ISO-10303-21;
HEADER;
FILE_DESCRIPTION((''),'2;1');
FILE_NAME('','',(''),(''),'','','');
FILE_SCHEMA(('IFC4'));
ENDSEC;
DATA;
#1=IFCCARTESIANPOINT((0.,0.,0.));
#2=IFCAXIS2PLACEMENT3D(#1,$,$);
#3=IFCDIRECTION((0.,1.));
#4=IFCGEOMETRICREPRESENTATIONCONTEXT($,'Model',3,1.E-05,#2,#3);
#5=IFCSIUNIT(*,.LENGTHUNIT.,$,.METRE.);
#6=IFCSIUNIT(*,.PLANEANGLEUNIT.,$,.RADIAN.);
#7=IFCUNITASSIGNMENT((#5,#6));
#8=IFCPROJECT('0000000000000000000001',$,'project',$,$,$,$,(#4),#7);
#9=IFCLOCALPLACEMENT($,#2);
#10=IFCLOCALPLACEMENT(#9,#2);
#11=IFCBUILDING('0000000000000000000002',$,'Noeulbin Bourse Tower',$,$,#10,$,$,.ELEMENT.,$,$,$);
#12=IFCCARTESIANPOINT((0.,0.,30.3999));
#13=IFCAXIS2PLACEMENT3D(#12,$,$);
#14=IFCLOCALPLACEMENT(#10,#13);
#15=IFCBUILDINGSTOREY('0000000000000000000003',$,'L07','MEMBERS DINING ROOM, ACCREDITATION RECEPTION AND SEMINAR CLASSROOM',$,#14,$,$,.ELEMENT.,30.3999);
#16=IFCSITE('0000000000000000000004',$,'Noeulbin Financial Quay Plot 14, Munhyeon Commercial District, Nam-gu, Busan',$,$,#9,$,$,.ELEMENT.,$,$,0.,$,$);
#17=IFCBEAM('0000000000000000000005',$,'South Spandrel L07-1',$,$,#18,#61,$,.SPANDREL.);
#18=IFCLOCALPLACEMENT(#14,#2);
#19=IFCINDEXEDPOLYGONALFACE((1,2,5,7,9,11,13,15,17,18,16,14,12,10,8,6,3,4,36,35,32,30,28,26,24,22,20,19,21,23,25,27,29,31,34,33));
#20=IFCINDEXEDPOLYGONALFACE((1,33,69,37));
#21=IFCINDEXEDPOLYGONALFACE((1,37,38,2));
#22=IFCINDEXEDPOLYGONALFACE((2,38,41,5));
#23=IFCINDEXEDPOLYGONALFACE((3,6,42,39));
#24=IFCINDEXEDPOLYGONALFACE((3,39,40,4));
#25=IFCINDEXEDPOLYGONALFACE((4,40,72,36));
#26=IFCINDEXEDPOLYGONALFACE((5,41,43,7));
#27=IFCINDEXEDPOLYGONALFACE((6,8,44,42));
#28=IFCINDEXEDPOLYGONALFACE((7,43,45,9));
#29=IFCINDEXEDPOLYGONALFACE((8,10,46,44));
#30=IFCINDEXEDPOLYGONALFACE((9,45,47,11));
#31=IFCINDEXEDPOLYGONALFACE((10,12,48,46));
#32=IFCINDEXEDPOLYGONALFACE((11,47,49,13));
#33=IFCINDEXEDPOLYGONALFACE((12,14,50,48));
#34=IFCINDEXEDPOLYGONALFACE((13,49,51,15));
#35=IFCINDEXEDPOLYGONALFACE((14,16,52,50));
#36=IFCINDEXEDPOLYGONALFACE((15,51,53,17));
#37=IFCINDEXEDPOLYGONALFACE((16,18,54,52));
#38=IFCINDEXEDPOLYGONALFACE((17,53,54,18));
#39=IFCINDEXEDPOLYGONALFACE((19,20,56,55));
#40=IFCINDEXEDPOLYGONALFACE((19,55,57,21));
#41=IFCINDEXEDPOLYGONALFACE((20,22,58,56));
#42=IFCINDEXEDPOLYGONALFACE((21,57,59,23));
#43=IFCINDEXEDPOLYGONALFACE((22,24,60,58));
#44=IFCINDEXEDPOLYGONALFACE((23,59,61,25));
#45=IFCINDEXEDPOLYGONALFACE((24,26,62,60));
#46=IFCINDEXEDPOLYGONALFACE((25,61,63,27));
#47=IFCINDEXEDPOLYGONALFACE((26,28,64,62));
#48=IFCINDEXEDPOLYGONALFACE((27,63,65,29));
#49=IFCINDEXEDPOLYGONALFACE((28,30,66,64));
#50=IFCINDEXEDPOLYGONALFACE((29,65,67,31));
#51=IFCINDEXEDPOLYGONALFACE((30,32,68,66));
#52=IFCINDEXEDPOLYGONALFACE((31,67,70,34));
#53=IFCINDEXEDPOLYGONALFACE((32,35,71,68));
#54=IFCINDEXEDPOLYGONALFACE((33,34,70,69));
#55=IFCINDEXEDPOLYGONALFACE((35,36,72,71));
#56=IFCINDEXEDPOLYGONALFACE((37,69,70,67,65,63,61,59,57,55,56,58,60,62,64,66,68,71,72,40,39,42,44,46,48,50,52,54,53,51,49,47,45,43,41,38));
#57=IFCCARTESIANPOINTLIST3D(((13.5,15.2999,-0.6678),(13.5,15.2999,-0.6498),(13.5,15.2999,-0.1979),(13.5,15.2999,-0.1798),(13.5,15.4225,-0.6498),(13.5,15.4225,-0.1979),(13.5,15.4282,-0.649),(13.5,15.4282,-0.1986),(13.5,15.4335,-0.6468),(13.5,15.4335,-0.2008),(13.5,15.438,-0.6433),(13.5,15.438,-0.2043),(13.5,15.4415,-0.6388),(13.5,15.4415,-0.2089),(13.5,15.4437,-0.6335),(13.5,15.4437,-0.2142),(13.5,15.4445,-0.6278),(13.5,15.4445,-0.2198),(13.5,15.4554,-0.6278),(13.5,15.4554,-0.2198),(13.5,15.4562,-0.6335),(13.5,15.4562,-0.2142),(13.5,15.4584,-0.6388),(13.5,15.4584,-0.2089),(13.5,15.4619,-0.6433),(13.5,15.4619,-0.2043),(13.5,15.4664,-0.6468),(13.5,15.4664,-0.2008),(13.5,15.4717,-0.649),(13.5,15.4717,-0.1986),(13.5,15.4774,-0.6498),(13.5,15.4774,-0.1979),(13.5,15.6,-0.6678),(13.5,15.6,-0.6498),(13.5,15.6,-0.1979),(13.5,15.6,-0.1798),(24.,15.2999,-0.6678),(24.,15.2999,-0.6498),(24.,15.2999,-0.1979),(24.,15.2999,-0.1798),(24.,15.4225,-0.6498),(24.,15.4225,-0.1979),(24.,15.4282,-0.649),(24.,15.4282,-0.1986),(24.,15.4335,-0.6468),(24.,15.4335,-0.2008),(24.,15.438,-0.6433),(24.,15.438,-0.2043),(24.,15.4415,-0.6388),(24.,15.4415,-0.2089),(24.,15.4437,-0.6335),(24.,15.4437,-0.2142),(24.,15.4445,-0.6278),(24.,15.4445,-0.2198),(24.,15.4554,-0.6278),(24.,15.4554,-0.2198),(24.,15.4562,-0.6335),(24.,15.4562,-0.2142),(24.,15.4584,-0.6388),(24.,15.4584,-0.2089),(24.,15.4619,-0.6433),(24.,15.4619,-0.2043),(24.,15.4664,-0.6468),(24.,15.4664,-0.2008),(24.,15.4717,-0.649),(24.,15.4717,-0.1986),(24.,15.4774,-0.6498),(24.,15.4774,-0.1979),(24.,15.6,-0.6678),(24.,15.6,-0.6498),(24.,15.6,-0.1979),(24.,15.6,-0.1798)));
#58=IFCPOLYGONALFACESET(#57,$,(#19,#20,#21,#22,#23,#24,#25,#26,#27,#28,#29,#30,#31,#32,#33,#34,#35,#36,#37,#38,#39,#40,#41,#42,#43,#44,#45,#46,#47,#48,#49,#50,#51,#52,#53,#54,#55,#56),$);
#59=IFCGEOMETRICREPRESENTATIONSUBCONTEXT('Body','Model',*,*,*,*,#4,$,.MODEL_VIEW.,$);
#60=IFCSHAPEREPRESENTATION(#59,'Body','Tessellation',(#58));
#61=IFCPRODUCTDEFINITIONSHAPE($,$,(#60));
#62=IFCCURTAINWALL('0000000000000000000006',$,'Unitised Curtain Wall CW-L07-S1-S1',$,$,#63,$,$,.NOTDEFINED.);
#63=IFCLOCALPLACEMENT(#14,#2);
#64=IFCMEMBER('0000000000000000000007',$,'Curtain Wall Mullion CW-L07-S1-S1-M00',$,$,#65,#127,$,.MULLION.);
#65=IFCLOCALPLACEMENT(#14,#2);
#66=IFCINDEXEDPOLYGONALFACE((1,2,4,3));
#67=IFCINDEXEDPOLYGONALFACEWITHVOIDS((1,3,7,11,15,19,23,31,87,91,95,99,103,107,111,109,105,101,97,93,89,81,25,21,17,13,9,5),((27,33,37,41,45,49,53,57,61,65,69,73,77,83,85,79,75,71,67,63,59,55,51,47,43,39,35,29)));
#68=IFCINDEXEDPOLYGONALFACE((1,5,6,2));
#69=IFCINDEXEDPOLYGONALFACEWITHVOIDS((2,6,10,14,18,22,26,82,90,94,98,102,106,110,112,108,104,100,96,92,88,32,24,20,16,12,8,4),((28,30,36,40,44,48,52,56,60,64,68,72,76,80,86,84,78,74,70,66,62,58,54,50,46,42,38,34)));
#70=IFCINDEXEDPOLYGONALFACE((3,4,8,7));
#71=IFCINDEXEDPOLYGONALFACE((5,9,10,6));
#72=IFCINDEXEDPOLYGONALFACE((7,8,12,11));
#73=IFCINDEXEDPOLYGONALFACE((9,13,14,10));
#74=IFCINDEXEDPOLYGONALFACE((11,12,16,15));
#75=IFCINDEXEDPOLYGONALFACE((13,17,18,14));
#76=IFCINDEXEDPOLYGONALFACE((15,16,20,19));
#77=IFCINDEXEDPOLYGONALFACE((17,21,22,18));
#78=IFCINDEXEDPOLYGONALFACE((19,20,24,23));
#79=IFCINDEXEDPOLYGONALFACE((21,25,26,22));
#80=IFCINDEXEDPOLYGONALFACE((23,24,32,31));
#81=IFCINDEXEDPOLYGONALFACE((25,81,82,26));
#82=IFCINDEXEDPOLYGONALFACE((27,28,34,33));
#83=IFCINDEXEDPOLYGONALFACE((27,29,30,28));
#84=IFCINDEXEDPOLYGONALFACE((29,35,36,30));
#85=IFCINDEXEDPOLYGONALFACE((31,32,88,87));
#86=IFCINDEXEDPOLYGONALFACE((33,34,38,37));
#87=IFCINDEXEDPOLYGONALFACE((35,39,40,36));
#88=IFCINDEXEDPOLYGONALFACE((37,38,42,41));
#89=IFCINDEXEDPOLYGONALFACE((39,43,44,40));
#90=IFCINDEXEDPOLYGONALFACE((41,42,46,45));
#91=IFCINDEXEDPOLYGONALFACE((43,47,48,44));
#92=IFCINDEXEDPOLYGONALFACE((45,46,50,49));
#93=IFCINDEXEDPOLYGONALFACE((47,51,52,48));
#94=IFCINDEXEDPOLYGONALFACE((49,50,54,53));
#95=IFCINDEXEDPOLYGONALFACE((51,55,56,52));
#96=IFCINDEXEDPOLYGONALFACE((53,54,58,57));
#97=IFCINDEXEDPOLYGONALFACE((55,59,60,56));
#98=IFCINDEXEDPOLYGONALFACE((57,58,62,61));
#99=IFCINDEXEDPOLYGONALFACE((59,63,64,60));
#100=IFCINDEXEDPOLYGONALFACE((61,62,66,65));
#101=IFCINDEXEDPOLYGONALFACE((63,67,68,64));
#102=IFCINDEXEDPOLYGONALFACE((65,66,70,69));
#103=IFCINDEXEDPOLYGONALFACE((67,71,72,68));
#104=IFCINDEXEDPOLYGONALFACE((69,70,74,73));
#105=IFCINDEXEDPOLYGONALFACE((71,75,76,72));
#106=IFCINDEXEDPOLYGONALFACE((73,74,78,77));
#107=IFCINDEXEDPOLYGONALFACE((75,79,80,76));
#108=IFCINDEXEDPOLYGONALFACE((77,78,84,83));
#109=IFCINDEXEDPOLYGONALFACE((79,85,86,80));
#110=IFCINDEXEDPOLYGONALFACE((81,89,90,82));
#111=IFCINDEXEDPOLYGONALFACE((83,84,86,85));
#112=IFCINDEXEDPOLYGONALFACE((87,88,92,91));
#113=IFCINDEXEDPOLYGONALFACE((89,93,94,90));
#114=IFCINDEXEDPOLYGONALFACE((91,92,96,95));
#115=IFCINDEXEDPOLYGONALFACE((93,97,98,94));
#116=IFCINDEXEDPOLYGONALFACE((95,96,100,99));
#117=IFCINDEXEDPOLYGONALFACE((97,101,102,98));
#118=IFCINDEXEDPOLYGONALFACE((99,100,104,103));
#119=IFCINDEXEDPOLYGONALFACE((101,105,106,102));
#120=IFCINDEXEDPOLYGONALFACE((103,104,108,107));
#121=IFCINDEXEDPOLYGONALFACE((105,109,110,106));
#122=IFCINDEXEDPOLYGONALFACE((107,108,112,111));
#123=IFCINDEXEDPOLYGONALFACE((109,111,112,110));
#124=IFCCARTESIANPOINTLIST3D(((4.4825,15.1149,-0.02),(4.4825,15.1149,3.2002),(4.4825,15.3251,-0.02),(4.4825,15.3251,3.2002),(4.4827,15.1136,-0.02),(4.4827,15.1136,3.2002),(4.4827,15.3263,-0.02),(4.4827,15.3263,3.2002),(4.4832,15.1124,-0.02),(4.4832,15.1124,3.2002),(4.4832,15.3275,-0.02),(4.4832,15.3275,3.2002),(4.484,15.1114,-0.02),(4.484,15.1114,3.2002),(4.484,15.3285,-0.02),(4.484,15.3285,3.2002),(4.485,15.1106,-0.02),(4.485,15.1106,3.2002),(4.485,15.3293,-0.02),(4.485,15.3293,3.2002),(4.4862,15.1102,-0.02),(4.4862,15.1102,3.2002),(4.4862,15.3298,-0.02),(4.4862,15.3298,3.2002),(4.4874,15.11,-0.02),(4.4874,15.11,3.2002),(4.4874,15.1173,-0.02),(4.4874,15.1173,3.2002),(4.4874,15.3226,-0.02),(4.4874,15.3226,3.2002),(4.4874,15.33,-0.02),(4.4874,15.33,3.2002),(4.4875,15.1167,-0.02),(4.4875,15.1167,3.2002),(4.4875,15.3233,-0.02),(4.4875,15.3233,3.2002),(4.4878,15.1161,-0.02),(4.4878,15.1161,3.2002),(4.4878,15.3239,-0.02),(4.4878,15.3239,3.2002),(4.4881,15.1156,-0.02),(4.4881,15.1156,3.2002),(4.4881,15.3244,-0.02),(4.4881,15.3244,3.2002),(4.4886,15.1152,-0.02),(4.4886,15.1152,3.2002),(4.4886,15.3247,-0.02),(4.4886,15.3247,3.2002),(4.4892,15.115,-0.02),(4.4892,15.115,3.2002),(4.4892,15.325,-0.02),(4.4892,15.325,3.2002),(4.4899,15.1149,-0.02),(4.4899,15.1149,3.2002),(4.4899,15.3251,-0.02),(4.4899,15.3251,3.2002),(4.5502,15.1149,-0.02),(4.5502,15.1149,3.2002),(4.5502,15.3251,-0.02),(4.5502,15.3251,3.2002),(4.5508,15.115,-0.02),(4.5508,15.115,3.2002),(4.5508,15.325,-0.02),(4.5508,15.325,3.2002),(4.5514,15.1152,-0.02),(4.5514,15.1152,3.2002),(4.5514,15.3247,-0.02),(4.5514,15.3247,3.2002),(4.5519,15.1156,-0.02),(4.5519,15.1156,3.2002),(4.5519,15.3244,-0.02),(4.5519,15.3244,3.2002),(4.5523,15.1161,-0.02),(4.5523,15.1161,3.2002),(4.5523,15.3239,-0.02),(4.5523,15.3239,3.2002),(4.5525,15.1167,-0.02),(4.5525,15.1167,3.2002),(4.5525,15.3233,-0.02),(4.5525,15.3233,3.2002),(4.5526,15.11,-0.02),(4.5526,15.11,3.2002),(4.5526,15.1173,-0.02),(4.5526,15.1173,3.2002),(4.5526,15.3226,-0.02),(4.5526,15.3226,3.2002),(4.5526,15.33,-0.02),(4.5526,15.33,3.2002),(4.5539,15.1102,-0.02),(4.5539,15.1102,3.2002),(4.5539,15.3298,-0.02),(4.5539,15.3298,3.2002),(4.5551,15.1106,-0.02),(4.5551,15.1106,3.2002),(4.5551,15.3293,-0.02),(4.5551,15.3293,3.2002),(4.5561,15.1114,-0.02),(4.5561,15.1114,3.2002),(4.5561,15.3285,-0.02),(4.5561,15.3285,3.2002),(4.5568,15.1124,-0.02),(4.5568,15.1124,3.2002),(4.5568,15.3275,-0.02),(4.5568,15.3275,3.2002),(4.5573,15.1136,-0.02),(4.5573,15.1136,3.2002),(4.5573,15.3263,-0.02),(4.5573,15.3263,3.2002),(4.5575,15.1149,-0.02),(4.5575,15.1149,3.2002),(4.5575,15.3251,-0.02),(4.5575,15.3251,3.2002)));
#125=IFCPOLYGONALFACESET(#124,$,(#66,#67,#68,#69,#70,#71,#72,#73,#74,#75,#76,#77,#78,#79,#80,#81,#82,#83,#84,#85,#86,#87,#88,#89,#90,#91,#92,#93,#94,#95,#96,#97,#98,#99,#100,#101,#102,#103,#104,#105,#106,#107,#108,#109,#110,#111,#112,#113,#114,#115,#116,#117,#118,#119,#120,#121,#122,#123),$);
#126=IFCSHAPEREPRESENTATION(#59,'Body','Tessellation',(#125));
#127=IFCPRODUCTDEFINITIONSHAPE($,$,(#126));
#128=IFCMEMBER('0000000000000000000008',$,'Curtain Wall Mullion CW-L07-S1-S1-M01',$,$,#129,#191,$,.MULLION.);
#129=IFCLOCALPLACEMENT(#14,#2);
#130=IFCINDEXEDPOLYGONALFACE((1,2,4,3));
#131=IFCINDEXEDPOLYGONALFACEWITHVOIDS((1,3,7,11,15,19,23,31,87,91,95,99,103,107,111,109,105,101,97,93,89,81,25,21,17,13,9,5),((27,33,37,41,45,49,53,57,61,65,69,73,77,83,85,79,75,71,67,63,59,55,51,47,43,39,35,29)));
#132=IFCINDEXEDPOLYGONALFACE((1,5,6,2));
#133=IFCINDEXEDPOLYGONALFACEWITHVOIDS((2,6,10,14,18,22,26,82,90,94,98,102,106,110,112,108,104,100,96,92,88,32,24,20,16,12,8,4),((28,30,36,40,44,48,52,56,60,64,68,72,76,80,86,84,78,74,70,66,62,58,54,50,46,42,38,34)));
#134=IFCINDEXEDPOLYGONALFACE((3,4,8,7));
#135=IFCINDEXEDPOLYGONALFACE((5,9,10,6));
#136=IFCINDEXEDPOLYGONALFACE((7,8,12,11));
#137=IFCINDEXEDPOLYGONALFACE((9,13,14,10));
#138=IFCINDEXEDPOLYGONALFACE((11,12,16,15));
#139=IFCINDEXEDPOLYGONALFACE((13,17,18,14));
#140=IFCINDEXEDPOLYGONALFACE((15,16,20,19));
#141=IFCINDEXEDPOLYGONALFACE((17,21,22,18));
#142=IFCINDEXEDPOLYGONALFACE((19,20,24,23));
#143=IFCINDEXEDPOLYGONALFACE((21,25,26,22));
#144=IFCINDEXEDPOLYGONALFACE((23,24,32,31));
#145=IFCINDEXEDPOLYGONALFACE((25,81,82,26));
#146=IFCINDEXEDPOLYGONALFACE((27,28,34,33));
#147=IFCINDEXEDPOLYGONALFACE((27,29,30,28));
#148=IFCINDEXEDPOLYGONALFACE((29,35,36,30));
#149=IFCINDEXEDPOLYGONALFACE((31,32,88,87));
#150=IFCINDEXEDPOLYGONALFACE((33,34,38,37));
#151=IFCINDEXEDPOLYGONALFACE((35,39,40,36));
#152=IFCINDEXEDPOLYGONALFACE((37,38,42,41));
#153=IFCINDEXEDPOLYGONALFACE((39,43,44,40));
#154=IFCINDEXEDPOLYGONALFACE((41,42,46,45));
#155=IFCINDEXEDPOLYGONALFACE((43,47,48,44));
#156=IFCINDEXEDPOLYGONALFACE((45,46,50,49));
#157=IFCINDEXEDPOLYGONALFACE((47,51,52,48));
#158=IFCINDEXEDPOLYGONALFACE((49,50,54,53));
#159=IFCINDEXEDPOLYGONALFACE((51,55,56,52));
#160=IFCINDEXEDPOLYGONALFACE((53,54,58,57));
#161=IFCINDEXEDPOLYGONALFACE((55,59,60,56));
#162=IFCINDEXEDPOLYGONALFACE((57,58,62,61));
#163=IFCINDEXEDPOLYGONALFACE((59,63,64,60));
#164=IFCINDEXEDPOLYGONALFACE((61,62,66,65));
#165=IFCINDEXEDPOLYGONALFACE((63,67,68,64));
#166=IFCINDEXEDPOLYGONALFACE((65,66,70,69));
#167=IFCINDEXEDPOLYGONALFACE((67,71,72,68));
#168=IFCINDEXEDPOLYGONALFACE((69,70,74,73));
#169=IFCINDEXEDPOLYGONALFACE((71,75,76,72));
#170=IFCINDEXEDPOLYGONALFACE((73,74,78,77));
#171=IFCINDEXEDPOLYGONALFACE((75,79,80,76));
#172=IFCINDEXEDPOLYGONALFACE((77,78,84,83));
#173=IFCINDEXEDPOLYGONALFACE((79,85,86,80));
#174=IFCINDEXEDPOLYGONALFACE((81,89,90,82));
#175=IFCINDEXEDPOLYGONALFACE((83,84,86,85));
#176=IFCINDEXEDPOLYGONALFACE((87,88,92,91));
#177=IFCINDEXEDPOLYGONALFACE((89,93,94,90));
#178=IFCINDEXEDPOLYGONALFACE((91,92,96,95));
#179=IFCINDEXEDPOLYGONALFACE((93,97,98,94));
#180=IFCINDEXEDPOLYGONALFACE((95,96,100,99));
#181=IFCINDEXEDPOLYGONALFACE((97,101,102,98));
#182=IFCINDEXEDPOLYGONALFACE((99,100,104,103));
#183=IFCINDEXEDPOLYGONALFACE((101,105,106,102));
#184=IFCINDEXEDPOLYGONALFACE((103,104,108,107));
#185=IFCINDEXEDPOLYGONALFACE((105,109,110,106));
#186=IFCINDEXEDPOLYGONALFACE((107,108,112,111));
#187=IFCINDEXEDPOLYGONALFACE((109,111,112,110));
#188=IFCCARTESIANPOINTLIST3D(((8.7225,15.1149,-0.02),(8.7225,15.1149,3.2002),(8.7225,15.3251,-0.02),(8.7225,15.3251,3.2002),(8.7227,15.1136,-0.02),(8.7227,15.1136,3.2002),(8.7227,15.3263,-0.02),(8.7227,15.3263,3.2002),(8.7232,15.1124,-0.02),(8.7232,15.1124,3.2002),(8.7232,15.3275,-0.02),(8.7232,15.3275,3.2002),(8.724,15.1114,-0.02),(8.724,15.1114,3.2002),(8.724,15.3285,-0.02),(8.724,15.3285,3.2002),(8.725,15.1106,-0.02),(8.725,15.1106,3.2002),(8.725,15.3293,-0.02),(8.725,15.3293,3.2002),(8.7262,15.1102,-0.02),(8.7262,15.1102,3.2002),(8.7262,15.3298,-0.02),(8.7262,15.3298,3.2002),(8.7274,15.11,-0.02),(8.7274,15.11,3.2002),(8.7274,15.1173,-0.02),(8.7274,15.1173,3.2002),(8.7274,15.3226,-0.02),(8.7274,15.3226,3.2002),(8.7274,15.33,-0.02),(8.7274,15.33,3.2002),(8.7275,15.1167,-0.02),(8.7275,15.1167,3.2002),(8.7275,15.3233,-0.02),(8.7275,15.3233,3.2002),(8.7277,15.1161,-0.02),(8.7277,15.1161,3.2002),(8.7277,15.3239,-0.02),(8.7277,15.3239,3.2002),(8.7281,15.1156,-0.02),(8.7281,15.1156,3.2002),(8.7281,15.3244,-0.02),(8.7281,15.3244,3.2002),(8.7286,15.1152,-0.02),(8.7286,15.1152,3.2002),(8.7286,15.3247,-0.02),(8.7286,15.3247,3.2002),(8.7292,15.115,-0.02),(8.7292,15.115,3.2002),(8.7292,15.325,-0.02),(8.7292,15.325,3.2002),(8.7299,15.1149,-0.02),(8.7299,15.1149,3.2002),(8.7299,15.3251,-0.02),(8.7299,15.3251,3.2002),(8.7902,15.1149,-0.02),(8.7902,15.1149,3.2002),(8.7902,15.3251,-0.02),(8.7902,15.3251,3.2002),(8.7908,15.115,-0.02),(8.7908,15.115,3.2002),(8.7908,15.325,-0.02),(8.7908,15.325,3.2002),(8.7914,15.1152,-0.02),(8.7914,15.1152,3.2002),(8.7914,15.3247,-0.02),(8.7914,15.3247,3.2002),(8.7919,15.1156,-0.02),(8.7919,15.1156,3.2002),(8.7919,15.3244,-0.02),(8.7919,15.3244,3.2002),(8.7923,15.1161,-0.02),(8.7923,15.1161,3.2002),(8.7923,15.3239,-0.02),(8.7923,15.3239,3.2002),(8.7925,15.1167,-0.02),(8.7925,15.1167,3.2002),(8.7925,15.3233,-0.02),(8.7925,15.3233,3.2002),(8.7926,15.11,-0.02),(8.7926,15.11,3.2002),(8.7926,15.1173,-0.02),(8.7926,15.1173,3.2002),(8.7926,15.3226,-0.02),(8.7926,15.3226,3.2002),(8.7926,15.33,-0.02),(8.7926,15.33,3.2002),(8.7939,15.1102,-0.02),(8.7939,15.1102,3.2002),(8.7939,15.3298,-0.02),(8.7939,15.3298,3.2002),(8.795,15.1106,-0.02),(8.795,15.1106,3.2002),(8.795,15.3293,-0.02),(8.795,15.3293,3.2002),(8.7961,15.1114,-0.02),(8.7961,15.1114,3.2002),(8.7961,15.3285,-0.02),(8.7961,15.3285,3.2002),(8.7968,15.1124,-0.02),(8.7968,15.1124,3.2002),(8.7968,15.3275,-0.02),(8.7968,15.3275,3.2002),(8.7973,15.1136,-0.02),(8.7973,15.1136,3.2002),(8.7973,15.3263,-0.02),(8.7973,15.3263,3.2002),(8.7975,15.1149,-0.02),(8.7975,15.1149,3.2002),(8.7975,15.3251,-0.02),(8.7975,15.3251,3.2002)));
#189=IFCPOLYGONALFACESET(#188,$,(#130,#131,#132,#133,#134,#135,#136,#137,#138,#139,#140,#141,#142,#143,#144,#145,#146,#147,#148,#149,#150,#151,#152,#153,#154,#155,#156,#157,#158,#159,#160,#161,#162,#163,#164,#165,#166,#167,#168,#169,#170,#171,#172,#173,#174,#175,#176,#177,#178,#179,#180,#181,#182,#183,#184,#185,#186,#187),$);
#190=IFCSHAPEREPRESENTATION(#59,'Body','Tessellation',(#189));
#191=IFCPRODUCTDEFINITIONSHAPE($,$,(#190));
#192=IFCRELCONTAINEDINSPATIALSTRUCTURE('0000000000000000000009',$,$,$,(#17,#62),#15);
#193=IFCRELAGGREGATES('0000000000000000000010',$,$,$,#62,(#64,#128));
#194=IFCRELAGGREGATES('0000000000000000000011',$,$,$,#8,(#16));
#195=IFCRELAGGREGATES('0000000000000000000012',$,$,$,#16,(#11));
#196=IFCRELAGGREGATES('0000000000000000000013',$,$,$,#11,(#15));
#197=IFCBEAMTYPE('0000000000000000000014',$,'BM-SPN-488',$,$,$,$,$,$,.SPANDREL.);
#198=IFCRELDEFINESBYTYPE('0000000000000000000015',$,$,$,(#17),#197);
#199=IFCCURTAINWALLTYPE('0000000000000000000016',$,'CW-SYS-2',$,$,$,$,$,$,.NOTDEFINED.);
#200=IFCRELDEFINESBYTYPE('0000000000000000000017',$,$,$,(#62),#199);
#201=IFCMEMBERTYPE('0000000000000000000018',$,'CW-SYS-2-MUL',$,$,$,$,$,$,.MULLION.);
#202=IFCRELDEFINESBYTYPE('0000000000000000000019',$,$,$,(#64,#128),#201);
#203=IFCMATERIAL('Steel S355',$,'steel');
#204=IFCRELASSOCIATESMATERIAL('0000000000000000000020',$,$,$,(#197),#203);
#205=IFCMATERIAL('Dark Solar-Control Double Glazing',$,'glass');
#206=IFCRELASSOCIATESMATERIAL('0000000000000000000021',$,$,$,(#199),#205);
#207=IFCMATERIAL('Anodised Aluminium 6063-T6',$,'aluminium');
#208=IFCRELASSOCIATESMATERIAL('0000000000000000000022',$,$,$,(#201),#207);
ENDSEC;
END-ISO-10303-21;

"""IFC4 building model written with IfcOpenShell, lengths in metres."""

from ifc_helpers import new_model, si_unit, direction, frame, origin, origin_2d, place, context, subcontext, project, spatial, hollow_rectangle, i_section, extrude, material, material_profile, profile_set, type_object, element, aggregate, save


model = new_model("IFC4")

# Units and contexts
model_context = context("Model", 3, precision=1e-05, world=origin(), true_north=direction((0.0, 1.0)))
body_context = subcontext(model_context, "Body", "Model", "MODEL_VIEW")
ifc_project = project(units=[si_unit("LENGTHUNIT", "METRE"), si_unit("PLANEANGLEUNIT", "RADIAN")], contexts=[model_context])

# Site, building, storey
site_placement = place(None, origin())
site = spatial("IfcSite", under=ifc_project, at=site_placement, Name="Noeulbin Financial Quay Plot 14, Munhyeon Commercial District, Nam-gu, Busan", CompositionType="ELEMENT", RefElevation=0.0)
building_placement = place(site_placement, origin())
building = spatial("IfcBuilding", under=site, at=building_placement, Name="Noeulbin Bourse Tower", CompositionType="ELEMENT")
storey_placement = place(building_placement, frame((0.0, 0.0, 30.3999)))
storey = spatial("IfcBuildingStorey", under=building, at=storey_placement, Name="L07", Description="MEMBERS DINING ROOM, ACCREDITATION RECEPTION AND SEMINAR CLASSROOM", CompositionType="ELEMENT", Elevation=30.3999)

# Beam
ifc_material_1 = material(Name="Steel S355", Category="steel")
ifc_material_profile_1 = material_profile(ifc_material_1, i_section(OverallWidth=0.3, OverallDepth=0.488, WebThickness=0.011, FlangeThickness=0.0181, FilletRadius=0.022, at=origin_2d()), Name="H-488x300x11x18", Category="LoadBearing")
ifc_profile_set_1 = profile_set([ifc_material_profile_1], Name="Steel S355")
beam_type_1 = type_object("IfcBeamType", Name="BM-SPN-488", PredefinedType="SPANDREL", material=ifc_profile_set_1)
beam_1_placement = place(storey_placement, frame((13.5, 15.45, -0.4238), z_axis=(1.0, 0.0, 0.0), x_axis=(0.0, 1.0, 0.0)))
element("IfcBeam", 1, at=beam_1_placement, inside=storey, type_object=beam_type_1, Name="South Spandrel L07-1", PredefinedType="SPANDREL", context=body_context, shape_type="SweptSolid", body=[
    extrude(i_section(OverallWidth=0.3, OverallDepth=0.488, WebThickness=0.011, FlangeThickness=0.0181, FilletRadius=0.022, at=origin_2d()), origin(), (0.0, 0.0, 1.0), 10.5),
])

# Curtain wall, members
ifc_material_2 = material(Name="Dark Solar-Control Double Glazing", Category="glass")
curtain_wall_type = type_object("IfcCurtainWallType", Name="CW-SYS-2", PredefinedType="NOTDEFINED", material=ifc_material_2)
curtain_wall_1_placement = place(storey_placement, origin())
curtain_wall_1 = element("IfcCurtainWall", 2, at=curtain_wall_1_placement, inside=storey, type_object=curtain_wall_type, Name="Unitised Curtain Wall CW-L07-S1-S1", PredefinedType="NOTDEFINED")
ifc_material_3 = material(Name="Anodised Aluminium 6063-T6", Category="aluminium")
ifc_material_profile_2 = material_profile(ifc_material_3, hollow_rectangle(XDim=0.075, YDim=0.22, WallThickness=0.0049, InnerFilletRadius=0.0024, OuterFilletRadius=0.0049, at=origin_2d()), Name="ALU-MULL-75x220x5", Category="LoadBearing")
ifc_profile_set_2 = profile_set([ifc_material_profile_2], Name="Anodised Aluminium 6063-T6")
member_type_1 = type_object("IfcMemberType", Name="CW-SYS-2-MUL", PredefinedType="MULLION", material=ifc_profile_set_2)
member_1_placement = place(storey_placement, frame((4.52, 15.22, -0.02), z_axis=(0.0, 0.0, 1.0), x_axis=(1.0, 0.0, 0.0)))
member_1 = element("IfcMember", 3, at=member_1_placement, type_object=member_type_1, Name="Curtain Wall Mullion CW-L07-S1-S1-M00", PredefinedType="MULLION", context=body_context, shape_type="SweptSolid", body=[
    extrude(hollow_rectangle(XDim=0.075, YDim=0.22, WallThickness=0.0049, InnerFilletRadius=0.0024, OuterFilletRadius=0.0049, at=origin_2d()), origin(), (0.0, 0.0, 1.0), 3.2202),
])
member_2_placement = place(storey_placement, frame((8.76, 15.22, -0.02), z_axis=(0.0, 0.0, 1.0), x_axis=(1.0, 0.0, 0.0)))
member_2 = element("IfcMember", 4, at=member_2_placement, type_object=member_type_1, Name="Curtain Wall Mullion CW-L07-S1-S1-M01", PredefinedType="MULLION", context=body_context, shape_type="SweptSolid", body=[
    extrude(hollow_rectangle(XDim=0.075, YDim=0.22, WallThickness=0.0049, InnerFilletRadius=0.0024, OuterFilletRadius=0.0049, at=origin_2d()), origin(), (0.0, 0.0, 1.0), 3.2202),
])

aggregate(curtain_wall_1, [member_1, member_2])

save(model, "model.ifc")
